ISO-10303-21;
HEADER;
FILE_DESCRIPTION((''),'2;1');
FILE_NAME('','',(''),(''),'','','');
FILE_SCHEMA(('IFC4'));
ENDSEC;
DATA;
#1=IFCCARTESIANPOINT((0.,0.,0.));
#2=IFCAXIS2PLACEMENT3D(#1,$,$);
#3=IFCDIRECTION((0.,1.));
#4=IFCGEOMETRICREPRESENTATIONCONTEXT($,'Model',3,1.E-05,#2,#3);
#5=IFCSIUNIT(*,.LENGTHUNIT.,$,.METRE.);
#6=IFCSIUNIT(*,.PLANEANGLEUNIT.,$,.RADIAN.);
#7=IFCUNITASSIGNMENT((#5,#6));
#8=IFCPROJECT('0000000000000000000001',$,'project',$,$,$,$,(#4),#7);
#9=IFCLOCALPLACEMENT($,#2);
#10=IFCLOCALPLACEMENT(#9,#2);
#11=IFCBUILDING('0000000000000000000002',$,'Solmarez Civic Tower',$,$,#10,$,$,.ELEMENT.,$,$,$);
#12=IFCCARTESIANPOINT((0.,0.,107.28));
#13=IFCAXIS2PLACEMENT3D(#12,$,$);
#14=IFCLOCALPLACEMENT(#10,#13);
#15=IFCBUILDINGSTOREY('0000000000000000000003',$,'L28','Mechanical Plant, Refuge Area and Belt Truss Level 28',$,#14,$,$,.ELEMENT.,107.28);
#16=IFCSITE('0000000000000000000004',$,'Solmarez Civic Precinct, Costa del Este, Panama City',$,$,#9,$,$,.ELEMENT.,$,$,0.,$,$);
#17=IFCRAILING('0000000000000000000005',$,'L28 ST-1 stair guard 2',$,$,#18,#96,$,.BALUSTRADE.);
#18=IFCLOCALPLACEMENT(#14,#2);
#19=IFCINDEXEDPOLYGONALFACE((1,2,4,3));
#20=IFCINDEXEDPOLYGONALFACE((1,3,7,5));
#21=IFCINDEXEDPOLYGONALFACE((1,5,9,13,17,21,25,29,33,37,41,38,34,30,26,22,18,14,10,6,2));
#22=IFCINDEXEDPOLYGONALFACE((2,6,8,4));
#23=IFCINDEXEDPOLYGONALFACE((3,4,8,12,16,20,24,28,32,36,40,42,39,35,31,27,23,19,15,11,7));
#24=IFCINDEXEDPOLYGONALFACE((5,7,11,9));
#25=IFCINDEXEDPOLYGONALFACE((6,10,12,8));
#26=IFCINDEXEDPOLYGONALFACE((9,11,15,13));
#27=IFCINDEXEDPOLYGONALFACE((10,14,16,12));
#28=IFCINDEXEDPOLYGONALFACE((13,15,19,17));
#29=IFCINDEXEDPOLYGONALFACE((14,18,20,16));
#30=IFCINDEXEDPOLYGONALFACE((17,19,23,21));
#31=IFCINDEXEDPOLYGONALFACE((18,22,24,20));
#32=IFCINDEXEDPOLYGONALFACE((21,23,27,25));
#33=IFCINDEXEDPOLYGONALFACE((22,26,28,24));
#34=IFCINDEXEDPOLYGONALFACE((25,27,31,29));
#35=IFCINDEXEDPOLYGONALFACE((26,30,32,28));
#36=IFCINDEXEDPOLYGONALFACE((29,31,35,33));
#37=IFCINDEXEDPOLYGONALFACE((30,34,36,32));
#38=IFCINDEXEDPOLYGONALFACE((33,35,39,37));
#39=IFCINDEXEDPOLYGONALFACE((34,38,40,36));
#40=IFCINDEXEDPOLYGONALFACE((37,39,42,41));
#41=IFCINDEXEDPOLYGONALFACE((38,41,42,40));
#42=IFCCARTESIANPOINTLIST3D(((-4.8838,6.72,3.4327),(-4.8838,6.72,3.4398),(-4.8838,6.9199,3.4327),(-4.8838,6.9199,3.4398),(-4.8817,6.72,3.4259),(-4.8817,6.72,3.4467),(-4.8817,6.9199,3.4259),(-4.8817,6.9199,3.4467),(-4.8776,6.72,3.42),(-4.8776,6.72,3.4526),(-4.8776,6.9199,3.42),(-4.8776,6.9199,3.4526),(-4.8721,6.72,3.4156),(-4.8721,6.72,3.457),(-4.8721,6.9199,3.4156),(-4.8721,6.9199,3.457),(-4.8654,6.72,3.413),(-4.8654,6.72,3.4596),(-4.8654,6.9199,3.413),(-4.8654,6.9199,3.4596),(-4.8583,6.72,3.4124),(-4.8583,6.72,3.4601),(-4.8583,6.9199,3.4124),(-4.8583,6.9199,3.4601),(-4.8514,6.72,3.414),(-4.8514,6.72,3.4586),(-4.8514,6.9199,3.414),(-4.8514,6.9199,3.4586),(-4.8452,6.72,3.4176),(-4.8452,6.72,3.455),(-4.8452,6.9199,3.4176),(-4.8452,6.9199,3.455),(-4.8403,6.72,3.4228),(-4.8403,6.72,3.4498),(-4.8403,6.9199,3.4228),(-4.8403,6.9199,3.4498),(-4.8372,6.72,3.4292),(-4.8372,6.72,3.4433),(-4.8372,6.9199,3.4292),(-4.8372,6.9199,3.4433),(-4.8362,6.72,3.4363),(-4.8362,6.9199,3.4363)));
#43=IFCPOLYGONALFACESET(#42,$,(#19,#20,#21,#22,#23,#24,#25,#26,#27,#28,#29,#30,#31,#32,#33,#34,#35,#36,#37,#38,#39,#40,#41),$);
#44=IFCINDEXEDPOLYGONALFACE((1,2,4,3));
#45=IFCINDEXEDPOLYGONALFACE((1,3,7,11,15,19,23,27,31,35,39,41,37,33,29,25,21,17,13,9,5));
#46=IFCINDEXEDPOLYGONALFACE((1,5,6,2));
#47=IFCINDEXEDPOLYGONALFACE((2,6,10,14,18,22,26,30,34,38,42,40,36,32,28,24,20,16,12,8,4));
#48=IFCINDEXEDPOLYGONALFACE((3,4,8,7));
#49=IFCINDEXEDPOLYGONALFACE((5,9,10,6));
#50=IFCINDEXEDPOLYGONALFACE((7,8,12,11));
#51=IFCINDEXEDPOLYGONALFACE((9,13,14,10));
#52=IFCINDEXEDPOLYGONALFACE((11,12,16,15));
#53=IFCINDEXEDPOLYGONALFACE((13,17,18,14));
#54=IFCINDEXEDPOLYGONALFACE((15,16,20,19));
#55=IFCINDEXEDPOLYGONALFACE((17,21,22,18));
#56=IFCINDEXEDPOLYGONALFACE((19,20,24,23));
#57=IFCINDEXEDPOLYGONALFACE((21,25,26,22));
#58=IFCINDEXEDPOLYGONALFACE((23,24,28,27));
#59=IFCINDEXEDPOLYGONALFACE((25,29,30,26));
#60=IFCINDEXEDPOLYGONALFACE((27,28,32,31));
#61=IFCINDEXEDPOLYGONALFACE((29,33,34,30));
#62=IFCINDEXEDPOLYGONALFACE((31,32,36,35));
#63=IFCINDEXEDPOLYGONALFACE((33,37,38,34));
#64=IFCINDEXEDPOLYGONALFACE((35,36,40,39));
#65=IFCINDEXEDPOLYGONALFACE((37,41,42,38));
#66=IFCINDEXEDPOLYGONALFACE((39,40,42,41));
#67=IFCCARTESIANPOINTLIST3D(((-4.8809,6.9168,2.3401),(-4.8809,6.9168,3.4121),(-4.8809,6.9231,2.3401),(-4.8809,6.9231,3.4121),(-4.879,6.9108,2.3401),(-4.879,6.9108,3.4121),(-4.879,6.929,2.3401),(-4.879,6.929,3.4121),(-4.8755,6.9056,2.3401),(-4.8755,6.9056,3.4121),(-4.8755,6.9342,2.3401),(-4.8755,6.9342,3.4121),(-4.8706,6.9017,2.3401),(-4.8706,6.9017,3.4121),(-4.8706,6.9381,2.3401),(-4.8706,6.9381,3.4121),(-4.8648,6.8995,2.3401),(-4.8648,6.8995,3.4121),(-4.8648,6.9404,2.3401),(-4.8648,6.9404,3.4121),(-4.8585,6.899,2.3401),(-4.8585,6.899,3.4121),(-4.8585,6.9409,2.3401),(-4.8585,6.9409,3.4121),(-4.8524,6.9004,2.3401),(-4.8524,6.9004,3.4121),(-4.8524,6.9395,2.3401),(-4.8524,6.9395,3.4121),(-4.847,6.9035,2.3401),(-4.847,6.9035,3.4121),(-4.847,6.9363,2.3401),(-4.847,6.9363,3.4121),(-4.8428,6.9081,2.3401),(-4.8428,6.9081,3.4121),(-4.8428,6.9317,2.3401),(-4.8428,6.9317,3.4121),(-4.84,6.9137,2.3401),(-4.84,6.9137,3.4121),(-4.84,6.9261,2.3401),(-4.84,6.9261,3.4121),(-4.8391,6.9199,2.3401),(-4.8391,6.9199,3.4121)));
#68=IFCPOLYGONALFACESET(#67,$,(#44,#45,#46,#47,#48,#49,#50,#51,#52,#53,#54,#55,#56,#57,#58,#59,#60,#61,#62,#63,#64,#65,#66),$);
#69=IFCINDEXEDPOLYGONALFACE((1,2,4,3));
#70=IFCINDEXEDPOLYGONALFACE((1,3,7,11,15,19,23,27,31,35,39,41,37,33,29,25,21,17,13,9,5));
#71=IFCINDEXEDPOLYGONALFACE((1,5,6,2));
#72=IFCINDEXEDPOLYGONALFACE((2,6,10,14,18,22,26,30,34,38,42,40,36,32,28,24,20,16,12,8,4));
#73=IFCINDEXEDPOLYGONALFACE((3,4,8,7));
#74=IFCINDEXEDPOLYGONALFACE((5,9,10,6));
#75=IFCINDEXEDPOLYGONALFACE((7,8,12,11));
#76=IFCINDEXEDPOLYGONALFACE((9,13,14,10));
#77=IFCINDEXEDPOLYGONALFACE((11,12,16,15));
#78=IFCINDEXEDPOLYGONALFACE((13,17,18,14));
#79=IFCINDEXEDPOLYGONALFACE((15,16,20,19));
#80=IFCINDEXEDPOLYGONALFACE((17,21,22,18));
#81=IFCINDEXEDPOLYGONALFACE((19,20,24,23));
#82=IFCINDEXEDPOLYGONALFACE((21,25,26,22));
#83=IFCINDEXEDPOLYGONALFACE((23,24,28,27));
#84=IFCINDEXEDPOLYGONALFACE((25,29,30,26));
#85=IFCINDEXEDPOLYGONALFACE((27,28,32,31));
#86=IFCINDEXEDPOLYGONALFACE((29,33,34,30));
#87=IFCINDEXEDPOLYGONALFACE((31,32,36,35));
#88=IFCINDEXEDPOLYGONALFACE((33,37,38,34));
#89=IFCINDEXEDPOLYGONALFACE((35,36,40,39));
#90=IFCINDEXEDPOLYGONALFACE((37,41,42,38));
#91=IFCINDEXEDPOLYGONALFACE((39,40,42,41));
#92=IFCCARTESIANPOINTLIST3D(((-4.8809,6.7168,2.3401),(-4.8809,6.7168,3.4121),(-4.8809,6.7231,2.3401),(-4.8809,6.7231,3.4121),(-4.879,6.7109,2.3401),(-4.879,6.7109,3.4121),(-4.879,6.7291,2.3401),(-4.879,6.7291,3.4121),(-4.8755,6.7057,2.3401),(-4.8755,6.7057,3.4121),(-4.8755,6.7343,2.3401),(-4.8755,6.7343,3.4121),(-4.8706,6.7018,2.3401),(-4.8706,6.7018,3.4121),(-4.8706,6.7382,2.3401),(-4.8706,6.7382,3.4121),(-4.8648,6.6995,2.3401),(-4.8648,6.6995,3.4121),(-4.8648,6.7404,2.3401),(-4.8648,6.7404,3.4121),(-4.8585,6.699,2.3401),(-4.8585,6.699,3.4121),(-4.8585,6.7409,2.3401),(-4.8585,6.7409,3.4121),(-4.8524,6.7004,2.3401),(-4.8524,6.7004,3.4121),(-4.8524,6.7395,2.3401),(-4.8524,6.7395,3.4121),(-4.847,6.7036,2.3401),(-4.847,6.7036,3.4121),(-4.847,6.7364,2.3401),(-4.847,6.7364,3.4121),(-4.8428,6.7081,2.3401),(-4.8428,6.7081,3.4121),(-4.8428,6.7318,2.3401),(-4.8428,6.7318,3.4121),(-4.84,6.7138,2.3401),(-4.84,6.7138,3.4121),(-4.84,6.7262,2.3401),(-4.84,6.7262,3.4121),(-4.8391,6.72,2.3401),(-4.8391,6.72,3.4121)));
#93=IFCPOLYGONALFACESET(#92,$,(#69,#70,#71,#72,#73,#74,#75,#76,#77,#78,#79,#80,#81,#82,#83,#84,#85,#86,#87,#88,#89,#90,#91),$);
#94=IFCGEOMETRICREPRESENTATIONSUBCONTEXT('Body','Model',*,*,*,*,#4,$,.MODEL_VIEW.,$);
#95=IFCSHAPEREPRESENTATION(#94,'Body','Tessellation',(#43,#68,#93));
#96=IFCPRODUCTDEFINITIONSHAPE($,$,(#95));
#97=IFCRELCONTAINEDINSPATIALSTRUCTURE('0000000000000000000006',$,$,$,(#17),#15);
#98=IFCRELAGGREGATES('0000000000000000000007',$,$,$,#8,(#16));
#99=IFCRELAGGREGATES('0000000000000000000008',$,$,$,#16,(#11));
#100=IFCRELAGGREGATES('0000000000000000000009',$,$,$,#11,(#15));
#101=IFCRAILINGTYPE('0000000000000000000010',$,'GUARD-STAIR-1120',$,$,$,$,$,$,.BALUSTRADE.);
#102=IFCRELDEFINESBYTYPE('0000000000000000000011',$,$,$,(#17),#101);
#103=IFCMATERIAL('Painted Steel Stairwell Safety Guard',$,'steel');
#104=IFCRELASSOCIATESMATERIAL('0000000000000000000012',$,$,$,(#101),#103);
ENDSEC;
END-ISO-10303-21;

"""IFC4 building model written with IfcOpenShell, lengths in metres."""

from ifc_helpers import new_model, si_unit, direction, frame, origin, origin_2d, place, context, subcontext, project, spatial, circle, extrude, material, type_object, element, save


model = new_model("IFC4")

# Units and contexts
model_context = context("Model", 3, precision=1e-05, world=origin(), true_north=direction((0.0, 1.0)))
body_context = subcontext(model_context, "Body", "Model", "MODEL_VIEW")
ifc_project = project(units=[si_unit("LENGTHUNIT", "METRE"), si_unit("PLANEANGLEUNIT", "RADIAN")], contexts=[model_context])

# Site, building, storey
site_placement = place(None, origin())
site = spatial("IfcSite", under=ifc_project, at=site_placement, Name="Solmarez Civic Precinct, Costa del Este, Panama City", CompositionType="ELEMENT", RefElevation=0.0)
building_placement = place(site_placement, origin())
building = spatial("IfcBuilding", under=site, at=building_placement, Name="Solmarez Civic Tower", CompositionType="ELEMENT")
storey_placement = place(building_placement, frame((0.0, 0.0, 107.28)))
storey = spatial("IfcBuildingStorey", under=building, at=storey_placement, Name="L28", Description="Mechanical Plant, Refuge Area and Belt Truss Level 28", CompositionType="ELEMENT", Elevation=107.28)

# Railing
ifc_material_1 = material(Name="Painted Steel Stairwell Safety Guard", Category="steel")
railing_type_1 = type_object("IfcRailingType", Name="GUARD-STAIR-1120", PredefinedType="BALUSTRADE", material=ifc_material_1)
railing_1_placement = place(storey_placement, frame((-4.8601, 6.9199, 2.3401)))
element("IfcRailing", 1, at=railing_1_placement, inside=storey, type_object=railing_type_1, Name="L28 ST-1 stair guard 2", PredefinedType="BALUSTRADE", context=body_context, shape_type="SweptSolid", body=[
    extrude(circle(Radius=0.0239, at=origin_2d()), frame((0.0, 0.0, 1.0962), z_axis=(0.0, -1.0, 0.0), x_axis=(1.0, 0.0, 0.0)), (0.0, 0.0, 1.0), 0.2),
    extrude(circle(Radius=0.021, at=origin_2d()), origin(), (0.0, 0.0, 1.0), 1.072),
    extrude(circle(Radius=0.021, at=origin_2d()), frame((0.0, -0.2, 0.0)), (0.0, 0.0, 1.0), 1.072),
])

save(model, "model.ifc")
